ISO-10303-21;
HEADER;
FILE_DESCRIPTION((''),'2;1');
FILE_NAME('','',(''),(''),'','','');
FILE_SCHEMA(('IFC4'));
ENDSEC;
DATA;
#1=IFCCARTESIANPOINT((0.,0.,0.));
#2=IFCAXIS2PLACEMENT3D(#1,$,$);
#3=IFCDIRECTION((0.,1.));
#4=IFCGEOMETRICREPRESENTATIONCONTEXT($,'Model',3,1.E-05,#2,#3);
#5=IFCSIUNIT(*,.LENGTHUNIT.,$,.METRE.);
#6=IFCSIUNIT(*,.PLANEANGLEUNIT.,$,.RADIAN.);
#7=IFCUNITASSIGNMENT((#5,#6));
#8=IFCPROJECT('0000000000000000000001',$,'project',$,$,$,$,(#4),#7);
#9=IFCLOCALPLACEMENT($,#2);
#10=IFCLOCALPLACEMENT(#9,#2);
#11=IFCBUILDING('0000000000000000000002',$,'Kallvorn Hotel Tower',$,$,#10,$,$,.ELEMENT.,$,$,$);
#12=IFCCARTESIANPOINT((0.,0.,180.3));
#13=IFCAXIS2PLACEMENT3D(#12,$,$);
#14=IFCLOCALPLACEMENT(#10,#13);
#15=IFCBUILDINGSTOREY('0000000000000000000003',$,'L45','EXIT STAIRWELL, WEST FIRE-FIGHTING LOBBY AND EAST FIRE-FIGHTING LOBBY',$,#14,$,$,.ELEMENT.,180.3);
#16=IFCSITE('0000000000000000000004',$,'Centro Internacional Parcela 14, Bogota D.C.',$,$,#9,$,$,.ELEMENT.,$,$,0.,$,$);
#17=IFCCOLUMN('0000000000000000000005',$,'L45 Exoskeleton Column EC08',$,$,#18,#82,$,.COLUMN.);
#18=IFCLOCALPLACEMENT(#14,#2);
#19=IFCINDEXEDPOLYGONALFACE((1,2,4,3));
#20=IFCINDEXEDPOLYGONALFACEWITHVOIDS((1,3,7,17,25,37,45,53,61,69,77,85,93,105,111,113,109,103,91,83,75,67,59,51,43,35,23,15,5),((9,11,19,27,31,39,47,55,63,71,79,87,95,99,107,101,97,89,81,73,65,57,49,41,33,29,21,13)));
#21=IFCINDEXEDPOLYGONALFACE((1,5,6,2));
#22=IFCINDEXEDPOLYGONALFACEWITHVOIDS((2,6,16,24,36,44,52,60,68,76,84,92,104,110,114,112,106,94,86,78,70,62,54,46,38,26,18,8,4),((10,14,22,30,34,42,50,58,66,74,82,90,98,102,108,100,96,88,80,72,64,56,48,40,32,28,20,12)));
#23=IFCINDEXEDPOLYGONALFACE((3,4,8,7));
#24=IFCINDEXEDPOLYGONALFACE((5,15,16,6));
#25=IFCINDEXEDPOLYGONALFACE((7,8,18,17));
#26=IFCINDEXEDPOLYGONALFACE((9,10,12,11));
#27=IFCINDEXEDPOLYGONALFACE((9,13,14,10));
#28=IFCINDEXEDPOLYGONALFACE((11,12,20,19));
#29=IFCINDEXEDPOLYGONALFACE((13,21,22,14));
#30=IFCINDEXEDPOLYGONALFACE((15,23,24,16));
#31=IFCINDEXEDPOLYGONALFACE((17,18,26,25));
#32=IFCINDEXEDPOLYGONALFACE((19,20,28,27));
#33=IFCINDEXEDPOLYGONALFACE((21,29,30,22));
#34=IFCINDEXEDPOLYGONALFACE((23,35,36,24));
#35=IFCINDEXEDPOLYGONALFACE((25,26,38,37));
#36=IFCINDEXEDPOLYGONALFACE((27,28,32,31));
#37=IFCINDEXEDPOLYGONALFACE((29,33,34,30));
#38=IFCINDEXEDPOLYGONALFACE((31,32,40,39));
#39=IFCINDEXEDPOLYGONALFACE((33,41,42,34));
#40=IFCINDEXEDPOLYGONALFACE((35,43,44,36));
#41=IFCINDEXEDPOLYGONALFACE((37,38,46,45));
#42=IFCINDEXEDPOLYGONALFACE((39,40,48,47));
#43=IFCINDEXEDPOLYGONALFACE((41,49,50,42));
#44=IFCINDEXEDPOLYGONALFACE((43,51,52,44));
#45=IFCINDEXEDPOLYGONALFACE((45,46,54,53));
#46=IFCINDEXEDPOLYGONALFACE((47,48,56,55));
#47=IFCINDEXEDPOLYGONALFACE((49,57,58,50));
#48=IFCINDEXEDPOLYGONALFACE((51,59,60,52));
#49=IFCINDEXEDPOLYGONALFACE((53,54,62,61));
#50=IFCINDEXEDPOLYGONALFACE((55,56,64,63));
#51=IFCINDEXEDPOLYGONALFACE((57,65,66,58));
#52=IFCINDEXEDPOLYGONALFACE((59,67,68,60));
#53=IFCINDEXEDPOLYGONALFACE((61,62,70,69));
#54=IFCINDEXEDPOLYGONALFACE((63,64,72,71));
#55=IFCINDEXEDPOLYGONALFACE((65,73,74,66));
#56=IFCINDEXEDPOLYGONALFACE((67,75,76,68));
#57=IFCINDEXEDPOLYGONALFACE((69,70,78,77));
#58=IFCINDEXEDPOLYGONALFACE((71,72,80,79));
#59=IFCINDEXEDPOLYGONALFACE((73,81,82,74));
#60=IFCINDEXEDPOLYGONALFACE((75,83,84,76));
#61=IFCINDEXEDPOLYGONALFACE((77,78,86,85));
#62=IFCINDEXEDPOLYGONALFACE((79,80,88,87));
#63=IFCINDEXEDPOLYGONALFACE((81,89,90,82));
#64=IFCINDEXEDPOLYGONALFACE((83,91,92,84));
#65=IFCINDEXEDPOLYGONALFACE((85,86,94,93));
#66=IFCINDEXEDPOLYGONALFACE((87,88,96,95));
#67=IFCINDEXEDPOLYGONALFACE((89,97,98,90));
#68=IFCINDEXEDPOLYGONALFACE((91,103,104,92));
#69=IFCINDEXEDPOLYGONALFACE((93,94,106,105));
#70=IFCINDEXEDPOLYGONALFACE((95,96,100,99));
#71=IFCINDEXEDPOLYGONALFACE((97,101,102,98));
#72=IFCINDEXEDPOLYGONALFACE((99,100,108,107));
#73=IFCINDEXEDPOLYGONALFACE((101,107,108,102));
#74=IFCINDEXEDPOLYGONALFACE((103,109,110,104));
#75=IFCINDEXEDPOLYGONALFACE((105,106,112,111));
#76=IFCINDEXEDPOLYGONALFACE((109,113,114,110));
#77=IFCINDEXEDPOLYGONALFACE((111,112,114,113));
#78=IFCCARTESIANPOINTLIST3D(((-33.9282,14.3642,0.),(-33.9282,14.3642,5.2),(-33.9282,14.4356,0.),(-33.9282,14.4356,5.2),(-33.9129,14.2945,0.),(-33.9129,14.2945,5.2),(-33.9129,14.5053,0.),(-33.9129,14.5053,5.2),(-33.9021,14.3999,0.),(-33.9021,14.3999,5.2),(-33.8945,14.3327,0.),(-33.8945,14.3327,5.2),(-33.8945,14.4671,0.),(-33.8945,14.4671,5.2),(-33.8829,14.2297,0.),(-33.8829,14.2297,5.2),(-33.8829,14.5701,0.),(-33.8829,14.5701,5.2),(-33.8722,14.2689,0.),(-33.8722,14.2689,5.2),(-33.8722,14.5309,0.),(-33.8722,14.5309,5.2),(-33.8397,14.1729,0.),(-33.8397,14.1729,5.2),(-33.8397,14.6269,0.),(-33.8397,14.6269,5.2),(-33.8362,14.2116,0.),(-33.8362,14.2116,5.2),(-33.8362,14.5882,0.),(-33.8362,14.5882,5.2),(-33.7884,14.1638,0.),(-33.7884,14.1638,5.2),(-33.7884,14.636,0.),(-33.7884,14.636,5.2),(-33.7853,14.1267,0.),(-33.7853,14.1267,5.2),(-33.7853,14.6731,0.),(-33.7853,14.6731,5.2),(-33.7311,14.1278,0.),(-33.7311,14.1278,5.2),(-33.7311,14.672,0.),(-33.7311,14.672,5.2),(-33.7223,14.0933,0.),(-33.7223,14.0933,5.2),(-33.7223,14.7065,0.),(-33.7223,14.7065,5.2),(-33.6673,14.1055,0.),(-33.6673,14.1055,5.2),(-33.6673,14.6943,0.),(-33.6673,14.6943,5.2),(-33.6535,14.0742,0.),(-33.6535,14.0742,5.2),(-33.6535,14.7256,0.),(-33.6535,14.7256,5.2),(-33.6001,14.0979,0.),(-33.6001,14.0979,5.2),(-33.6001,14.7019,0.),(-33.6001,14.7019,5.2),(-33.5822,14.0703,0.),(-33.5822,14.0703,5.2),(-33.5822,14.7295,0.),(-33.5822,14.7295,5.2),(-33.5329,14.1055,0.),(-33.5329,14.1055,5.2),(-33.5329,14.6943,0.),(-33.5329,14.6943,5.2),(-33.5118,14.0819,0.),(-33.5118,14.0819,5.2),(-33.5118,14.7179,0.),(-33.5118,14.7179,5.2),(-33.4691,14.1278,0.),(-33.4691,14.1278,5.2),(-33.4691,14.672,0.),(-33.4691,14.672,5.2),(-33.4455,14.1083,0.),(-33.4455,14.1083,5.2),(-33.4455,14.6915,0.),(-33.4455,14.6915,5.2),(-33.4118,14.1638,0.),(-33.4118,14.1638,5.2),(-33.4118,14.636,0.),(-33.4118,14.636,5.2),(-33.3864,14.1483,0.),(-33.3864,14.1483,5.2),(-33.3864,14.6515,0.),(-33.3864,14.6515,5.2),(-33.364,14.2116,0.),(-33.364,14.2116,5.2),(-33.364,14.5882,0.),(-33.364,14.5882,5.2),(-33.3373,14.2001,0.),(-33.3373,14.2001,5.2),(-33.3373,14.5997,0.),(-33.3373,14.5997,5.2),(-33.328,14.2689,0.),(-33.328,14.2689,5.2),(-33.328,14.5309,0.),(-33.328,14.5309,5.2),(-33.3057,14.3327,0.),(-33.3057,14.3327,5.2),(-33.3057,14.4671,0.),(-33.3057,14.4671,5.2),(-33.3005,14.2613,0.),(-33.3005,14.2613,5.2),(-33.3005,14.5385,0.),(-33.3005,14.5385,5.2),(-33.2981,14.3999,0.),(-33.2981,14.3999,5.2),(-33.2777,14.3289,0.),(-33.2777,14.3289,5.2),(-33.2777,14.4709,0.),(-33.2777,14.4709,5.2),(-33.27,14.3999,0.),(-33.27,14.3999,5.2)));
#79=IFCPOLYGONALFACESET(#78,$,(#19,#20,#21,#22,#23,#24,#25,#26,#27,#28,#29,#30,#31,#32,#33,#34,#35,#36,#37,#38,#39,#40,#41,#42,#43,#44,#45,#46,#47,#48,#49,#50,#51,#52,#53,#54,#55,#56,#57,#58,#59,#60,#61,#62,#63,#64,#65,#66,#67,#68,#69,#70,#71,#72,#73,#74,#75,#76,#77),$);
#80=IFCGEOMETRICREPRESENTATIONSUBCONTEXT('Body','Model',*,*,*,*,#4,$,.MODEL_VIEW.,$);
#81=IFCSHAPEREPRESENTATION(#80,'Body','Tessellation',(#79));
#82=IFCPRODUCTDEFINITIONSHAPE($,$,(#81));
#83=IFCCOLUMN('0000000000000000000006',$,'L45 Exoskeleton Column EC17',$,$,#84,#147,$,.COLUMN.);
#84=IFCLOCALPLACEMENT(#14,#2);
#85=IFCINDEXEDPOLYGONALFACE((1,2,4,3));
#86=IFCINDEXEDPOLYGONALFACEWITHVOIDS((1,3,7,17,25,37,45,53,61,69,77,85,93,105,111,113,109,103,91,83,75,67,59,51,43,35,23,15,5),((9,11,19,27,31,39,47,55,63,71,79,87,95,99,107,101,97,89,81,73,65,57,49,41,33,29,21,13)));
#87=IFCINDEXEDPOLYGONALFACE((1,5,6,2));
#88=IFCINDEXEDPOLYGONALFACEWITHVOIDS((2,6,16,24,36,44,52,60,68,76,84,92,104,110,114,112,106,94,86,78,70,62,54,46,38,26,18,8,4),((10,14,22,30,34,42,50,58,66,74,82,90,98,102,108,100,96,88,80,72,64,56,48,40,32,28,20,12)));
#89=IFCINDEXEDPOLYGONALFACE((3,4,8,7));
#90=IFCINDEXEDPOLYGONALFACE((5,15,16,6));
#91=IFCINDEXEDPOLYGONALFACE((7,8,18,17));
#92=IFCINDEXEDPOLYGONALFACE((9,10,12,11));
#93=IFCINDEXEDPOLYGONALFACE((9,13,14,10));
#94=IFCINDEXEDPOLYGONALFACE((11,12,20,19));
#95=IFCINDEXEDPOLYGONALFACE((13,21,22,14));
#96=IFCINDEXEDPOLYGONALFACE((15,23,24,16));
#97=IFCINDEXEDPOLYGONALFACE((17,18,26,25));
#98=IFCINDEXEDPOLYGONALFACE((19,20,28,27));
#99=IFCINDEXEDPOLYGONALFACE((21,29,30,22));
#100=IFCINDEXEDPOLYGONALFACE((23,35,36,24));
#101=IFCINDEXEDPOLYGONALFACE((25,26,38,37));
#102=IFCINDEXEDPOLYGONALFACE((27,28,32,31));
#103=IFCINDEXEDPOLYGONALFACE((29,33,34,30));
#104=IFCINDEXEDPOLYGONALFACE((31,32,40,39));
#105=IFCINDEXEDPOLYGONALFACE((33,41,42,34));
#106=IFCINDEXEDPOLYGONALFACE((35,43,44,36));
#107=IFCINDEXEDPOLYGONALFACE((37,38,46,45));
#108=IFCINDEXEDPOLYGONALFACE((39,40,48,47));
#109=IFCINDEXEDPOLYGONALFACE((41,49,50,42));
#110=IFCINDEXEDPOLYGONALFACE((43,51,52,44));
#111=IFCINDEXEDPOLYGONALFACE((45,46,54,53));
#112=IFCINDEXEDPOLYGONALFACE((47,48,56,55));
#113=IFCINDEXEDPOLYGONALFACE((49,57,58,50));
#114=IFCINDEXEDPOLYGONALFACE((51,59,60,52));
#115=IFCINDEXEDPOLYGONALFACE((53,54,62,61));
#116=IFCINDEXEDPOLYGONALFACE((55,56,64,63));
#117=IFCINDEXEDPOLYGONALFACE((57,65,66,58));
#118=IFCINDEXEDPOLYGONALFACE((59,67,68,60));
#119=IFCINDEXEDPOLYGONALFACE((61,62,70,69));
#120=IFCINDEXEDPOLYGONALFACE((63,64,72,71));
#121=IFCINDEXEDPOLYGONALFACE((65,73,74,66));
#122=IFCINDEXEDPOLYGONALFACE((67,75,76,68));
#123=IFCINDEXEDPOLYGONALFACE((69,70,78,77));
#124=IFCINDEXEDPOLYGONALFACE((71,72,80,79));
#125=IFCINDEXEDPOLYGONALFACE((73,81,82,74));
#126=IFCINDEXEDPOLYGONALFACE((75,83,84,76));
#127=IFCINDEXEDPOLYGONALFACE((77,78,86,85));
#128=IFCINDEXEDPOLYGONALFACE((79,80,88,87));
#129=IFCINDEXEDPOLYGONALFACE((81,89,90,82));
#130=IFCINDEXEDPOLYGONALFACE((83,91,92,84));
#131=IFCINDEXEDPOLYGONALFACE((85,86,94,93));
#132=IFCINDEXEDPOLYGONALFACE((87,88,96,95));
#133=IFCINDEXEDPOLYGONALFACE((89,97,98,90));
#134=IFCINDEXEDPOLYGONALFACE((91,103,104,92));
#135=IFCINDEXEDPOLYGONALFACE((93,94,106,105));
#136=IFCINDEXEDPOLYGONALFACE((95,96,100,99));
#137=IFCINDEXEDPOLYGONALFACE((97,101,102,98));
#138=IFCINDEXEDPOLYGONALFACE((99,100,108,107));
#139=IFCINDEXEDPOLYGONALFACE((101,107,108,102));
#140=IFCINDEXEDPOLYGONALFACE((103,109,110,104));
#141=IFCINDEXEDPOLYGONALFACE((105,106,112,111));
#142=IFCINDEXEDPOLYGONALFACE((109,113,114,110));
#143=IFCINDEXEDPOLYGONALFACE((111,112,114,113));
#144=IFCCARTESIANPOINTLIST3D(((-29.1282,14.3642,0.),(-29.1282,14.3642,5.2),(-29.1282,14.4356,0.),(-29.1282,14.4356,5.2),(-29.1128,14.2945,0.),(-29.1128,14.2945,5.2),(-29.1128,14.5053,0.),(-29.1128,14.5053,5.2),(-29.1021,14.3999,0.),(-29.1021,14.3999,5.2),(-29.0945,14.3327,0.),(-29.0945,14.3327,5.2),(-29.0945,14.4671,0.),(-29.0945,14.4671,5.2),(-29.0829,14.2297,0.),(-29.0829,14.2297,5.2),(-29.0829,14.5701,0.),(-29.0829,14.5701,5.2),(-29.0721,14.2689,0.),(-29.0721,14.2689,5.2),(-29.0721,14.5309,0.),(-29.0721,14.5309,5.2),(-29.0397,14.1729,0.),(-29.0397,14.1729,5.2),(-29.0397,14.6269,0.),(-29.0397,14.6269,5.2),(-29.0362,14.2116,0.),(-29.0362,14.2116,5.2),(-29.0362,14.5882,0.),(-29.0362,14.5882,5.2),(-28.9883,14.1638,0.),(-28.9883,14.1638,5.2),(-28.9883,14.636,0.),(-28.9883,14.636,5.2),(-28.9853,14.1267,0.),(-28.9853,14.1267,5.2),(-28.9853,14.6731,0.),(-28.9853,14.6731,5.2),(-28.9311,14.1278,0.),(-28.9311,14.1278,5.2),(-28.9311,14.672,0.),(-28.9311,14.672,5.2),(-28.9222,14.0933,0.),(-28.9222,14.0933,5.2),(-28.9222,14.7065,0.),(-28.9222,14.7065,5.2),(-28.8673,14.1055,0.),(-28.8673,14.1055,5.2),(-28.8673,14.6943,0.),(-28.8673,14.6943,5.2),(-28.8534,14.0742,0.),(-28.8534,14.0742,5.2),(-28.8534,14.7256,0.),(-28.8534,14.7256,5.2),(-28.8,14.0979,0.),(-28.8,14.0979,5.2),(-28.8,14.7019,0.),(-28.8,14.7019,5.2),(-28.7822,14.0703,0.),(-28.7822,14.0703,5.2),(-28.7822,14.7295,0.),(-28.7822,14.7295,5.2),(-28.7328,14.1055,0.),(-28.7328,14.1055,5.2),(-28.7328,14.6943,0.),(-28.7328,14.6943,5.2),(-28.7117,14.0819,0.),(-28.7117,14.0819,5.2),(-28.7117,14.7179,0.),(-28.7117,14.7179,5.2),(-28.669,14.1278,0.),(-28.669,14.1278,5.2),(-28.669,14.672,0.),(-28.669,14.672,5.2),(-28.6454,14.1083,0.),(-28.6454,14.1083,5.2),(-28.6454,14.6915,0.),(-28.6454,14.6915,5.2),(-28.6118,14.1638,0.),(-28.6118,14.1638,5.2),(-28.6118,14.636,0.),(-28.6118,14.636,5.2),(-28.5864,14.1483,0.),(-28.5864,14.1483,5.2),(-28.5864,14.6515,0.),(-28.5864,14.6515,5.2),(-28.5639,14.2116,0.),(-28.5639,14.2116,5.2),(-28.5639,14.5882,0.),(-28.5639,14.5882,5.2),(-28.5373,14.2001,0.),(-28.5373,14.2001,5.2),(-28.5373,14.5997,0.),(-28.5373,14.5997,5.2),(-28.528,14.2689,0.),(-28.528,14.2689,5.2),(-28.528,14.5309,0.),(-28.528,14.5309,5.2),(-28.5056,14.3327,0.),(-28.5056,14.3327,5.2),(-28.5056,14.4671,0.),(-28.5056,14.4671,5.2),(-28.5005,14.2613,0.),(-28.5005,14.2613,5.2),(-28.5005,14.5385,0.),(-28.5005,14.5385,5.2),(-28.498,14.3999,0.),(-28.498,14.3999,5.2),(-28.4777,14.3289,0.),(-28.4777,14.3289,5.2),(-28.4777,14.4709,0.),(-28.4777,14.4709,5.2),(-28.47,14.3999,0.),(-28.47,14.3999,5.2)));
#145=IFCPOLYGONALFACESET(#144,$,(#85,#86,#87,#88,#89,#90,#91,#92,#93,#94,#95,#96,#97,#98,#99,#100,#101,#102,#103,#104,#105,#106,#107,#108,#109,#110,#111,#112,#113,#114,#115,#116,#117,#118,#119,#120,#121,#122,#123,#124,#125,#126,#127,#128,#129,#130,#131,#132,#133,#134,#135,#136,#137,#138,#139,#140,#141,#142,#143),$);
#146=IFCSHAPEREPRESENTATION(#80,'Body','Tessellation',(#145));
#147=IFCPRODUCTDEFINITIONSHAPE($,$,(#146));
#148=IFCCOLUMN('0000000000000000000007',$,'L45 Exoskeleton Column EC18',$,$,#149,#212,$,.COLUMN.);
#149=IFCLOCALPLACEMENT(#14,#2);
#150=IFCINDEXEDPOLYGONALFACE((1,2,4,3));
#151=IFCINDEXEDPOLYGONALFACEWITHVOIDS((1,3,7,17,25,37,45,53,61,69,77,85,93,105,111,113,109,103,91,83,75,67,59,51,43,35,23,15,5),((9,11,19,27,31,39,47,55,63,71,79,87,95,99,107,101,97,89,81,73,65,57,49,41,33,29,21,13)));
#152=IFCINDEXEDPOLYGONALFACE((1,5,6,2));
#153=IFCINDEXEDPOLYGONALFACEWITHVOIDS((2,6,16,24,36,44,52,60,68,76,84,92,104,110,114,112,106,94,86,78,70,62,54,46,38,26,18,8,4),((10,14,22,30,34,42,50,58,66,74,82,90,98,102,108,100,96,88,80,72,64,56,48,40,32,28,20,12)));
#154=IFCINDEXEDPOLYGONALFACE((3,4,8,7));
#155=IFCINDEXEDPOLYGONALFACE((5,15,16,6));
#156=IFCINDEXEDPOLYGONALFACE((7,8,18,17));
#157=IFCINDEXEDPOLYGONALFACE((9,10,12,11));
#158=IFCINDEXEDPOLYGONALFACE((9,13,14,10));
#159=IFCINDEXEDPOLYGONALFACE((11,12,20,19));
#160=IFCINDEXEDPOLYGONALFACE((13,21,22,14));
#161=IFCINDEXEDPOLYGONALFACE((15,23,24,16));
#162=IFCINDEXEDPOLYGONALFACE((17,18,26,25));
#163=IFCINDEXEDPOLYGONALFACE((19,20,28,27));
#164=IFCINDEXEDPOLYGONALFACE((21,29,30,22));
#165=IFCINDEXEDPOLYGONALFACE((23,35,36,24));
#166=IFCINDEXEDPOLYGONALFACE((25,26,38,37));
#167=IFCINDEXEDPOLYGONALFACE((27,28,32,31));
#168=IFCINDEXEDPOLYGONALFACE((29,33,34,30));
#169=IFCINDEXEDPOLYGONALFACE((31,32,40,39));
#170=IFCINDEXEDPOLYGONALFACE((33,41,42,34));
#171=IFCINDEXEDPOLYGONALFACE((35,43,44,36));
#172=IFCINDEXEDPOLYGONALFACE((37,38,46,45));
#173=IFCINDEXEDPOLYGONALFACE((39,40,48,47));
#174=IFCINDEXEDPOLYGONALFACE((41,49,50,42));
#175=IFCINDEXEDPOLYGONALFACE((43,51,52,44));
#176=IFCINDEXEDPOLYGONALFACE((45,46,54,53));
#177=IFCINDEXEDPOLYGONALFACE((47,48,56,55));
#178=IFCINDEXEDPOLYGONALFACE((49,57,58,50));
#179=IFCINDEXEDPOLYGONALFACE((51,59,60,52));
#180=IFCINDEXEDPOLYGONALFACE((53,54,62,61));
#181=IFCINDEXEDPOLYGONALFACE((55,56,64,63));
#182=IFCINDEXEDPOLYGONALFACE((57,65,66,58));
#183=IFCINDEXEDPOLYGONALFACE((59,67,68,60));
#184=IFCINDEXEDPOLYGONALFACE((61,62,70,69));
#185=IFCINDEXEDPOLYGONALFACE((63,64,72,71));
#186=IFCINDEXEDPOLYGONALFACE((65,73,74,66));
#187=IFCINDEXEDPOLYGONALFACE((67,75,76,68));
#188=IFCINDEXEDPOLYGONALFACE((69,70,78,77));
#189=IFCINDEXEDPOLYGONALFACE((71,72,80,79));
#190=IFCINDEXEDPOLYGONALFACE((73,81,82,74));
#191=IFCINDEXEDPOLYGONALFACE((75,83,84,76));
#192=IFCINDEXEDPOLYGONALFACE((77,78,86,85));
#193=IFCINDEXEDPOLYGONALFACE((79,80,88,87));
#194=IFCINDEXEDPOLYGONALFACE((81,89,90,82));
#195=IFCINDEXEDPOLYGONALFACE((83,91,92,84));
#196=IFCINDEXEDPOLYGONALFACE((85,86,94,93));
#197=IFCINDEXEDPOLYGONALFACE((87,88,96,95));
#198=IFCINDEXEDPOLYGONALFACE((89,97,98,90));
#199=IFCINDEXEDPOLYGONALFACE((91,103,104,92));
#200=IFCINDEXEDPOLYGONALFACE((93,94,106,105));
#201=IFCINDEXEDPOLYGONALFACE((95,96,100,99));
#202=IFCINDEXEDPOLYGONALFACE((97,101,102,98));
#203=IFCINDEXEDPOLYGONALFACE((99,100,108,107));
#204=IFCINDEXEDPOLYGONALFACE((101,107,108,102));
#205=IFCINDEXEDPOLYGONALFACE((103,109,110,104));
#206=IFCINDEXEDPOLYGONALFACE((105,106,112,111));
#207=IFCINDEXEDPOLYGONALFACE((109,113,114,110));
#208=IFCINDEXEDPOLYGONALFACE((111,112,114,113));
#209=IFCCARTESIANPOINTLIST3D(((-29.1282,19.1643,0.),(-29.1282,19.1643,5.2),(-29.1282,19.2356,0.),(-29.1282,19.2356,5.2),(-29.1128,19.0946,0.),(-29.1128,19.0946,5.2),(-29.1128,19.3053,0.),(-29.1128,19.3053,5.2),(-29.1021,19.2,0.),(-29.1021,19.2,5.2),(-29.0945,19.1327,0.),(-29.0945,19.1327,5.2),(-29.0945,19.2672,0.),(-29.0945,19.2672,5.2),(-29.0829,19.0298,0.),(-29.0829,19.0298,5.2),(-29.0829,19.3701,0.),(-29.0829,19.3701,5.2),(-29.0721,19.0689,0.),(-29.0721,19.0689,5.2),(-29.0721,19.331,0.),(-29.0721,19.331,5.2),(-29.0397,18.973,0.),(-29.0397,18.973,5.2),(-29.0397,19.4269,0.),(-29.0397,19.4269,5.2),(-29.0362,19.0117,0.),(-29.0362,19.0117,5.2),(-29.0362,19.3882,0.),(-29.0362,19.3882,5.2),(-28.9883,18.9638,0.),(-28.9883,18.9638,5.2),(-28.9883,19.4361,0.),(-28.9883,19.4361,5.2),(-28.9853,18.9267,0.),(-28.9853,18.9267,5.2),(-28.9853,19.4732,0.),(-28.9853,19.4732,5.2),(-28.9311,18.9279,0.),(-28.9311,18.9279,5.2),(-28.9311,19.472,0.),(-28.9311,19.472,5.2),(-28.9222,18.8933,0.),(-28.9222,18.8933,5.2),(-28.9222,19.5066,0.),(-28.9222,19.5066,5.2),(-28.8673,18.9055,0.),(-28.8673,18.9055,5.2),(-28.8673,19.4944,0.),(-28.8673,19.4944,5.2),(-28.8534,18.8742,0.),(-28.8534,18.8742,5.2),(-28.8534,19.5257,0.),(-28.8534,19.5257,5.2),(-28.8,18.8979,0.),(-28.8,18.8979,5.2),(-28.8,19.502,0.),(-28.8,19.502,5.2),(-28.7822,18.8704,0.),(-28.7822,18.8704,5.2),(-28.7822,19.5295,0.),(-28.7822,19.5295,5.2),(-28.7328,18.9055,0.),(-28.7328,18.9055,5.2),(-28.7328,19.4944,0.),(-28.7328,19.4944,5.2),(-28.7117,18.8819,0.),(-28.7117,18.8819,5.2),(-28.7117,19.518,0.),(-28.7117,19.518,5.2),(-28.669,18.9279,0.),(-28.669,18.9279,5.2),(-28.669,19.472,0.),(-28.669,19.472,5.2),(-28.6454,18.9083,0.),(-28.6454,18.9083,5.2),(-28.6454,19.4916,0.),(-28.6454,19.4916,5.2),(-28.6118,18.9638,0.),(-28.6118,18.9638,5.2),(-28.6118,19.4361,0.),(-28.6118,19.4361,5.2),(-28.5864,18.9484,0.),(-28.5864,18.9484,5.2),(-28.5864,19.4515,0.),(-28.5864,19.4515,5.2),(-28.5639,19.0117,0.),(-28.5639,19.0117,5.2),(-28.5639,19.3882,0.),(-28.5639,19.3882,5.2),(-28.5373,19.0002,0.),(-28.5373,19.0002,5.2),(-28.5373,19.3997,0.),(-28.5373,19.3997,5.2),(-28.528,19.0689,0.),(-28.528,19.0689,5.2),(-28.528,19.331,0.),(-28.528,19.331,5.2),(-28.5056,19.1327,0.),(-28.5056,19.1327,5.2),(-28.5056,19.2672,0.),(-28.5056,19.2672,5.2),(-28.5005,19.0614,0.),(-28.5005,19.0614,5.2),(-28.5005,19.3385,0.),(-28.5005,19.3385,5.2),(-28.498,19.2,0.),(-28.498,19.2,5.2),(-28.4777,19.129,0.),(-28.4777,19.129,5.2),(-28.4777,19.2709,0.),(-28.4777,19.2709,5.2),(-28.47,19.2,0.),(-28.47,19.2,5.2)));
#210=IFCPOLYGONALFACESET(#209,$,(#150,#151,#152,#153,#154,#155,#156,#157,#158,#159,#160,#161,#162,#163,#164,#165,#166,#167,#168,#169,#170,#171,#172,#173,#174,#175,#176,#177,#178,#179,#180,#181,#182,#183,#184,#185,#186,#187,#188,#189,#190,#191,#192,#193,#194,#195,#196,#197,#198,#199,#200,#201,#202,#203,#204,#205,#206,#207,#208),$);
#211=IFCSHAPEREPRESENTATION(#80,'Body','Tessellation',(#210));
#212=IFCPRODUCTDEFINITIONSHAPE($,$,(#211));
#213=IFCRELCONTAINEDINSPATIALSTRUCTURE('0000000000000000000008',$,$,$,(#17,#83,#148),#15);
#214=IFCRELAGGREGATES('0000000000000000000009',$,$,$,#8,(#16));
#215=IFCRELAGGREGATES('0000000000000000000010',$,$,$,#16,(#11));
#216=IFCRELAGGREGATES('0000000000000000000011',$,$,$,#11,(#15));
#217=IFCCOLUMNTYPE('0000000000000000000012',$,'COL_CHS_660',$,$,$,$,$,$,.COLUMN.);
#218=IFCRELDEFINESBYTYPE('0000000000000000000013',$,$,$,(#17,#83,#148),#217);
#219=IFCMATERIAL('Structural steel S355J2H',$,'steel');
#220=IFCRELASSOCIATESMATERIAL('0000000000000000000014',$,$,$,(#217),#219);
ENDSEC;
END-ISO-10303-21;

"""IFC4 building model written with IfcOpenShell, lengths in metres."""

from ifc_helpers import new_model, si_unit, direction, frame, origin, origin_2d, place, context, subcontext, project, spatial, hollow_circle, extrude, material, material_profile, profile_set, type_object, element, save


model = new_model("IFC4")

# Units and contexts
model_context = context("Model", 3, precision=1e-05, world=origin(), true_north=direction((0.0, 1.0)))
body_context = subcontext(model_context, "Body", "Model", "MODEL_VIEW")
ifc_project = project(units=[si_unit("LENGTHUNIT", "METRE"), si_unit("PLANEANGLEUNIT", "RADIAN")], contexts=[model_context])

# Site, building, storey
site_placement = place(None, origin())
site = spatial("IfcSite", under=ifc_project, at=site_placement, Name="Centro Internacional Parcela 14, Bogota D.C.", CompositionType="ELEMENT", RefElevation=0.0)
building_placement = place(site_placement, origin())
building = spatial("IfcBuilding", under=site, at=building_placement, Name="Kallvorn Hotel Tower", CompositionType="ELEMENT")
storey_placement = place(building_placement, frame((0.0, 0.0, 180.3)))
storey = spatial("IfcBuildingStorey", under=building, at=storey_placement, Name="L45", Description="EXIT STAIRWELL, WEST FIRE-FIGHTING LOBBY AND EAST FIRE-FIGHTING LOBBY", CompositionType="ELEMENT", Elevation=180.3)

# Columns
ifc_material_1 = material(Name="Structural steel S355J2H", Category="steel")
ifc_material_profile_1 = material_profile(ifc_material_1, hollow_circle(Radius=0.3301, WallThickness=0.0281, at=origin_2d()), Name="CHS 660x28")
ifc_profile_set_1 = profile_set([ifc_material_profile_1], Name="Structural steel S355J2H")
column_type_1 = type_object("IfcColumnType", Name="COL_CHS_660", PredefinedType="COLUMN", material=ifc_profile_set_1)
for number, where, z_axis, x_axis, name in (
    (1, (-33.6001, 14.3999, 0.0), (0.0, 0.0, 1.0), (1.0, 0.0, 0.0), "L45 Exoskeleton Column EC08"),
    (2, (-28.8, 14.3999, 0.0), (0.0, 0.0, 1.0), (1.0, 0.0, 0.0), "L45 Exoskeleton Column EC17"),
    (3, (-28.8, 19.2, 0.0), (0.0, 0.0, 1.0), (1.0, 0.0, 0.0), "L45 Exoskeleton Column EC18"),
):
    element("IfcColumn", number, at=place(storey_placement, frame(where, z_axis=z_axis, x_axis=x_axis)), inside=storey, type_object=column_type_1, Name=name, PredefinedType="COLUMN", context=body_context, shape_type="SweptSolid", body=[
        extrude(hollow_circle(Radius=0.3301, WallThickness=0.0281, at=origin_2d()), origin(), (0.0, 0.0, 1.0), 5.2),
    ])

save(model, "model.ifc")
